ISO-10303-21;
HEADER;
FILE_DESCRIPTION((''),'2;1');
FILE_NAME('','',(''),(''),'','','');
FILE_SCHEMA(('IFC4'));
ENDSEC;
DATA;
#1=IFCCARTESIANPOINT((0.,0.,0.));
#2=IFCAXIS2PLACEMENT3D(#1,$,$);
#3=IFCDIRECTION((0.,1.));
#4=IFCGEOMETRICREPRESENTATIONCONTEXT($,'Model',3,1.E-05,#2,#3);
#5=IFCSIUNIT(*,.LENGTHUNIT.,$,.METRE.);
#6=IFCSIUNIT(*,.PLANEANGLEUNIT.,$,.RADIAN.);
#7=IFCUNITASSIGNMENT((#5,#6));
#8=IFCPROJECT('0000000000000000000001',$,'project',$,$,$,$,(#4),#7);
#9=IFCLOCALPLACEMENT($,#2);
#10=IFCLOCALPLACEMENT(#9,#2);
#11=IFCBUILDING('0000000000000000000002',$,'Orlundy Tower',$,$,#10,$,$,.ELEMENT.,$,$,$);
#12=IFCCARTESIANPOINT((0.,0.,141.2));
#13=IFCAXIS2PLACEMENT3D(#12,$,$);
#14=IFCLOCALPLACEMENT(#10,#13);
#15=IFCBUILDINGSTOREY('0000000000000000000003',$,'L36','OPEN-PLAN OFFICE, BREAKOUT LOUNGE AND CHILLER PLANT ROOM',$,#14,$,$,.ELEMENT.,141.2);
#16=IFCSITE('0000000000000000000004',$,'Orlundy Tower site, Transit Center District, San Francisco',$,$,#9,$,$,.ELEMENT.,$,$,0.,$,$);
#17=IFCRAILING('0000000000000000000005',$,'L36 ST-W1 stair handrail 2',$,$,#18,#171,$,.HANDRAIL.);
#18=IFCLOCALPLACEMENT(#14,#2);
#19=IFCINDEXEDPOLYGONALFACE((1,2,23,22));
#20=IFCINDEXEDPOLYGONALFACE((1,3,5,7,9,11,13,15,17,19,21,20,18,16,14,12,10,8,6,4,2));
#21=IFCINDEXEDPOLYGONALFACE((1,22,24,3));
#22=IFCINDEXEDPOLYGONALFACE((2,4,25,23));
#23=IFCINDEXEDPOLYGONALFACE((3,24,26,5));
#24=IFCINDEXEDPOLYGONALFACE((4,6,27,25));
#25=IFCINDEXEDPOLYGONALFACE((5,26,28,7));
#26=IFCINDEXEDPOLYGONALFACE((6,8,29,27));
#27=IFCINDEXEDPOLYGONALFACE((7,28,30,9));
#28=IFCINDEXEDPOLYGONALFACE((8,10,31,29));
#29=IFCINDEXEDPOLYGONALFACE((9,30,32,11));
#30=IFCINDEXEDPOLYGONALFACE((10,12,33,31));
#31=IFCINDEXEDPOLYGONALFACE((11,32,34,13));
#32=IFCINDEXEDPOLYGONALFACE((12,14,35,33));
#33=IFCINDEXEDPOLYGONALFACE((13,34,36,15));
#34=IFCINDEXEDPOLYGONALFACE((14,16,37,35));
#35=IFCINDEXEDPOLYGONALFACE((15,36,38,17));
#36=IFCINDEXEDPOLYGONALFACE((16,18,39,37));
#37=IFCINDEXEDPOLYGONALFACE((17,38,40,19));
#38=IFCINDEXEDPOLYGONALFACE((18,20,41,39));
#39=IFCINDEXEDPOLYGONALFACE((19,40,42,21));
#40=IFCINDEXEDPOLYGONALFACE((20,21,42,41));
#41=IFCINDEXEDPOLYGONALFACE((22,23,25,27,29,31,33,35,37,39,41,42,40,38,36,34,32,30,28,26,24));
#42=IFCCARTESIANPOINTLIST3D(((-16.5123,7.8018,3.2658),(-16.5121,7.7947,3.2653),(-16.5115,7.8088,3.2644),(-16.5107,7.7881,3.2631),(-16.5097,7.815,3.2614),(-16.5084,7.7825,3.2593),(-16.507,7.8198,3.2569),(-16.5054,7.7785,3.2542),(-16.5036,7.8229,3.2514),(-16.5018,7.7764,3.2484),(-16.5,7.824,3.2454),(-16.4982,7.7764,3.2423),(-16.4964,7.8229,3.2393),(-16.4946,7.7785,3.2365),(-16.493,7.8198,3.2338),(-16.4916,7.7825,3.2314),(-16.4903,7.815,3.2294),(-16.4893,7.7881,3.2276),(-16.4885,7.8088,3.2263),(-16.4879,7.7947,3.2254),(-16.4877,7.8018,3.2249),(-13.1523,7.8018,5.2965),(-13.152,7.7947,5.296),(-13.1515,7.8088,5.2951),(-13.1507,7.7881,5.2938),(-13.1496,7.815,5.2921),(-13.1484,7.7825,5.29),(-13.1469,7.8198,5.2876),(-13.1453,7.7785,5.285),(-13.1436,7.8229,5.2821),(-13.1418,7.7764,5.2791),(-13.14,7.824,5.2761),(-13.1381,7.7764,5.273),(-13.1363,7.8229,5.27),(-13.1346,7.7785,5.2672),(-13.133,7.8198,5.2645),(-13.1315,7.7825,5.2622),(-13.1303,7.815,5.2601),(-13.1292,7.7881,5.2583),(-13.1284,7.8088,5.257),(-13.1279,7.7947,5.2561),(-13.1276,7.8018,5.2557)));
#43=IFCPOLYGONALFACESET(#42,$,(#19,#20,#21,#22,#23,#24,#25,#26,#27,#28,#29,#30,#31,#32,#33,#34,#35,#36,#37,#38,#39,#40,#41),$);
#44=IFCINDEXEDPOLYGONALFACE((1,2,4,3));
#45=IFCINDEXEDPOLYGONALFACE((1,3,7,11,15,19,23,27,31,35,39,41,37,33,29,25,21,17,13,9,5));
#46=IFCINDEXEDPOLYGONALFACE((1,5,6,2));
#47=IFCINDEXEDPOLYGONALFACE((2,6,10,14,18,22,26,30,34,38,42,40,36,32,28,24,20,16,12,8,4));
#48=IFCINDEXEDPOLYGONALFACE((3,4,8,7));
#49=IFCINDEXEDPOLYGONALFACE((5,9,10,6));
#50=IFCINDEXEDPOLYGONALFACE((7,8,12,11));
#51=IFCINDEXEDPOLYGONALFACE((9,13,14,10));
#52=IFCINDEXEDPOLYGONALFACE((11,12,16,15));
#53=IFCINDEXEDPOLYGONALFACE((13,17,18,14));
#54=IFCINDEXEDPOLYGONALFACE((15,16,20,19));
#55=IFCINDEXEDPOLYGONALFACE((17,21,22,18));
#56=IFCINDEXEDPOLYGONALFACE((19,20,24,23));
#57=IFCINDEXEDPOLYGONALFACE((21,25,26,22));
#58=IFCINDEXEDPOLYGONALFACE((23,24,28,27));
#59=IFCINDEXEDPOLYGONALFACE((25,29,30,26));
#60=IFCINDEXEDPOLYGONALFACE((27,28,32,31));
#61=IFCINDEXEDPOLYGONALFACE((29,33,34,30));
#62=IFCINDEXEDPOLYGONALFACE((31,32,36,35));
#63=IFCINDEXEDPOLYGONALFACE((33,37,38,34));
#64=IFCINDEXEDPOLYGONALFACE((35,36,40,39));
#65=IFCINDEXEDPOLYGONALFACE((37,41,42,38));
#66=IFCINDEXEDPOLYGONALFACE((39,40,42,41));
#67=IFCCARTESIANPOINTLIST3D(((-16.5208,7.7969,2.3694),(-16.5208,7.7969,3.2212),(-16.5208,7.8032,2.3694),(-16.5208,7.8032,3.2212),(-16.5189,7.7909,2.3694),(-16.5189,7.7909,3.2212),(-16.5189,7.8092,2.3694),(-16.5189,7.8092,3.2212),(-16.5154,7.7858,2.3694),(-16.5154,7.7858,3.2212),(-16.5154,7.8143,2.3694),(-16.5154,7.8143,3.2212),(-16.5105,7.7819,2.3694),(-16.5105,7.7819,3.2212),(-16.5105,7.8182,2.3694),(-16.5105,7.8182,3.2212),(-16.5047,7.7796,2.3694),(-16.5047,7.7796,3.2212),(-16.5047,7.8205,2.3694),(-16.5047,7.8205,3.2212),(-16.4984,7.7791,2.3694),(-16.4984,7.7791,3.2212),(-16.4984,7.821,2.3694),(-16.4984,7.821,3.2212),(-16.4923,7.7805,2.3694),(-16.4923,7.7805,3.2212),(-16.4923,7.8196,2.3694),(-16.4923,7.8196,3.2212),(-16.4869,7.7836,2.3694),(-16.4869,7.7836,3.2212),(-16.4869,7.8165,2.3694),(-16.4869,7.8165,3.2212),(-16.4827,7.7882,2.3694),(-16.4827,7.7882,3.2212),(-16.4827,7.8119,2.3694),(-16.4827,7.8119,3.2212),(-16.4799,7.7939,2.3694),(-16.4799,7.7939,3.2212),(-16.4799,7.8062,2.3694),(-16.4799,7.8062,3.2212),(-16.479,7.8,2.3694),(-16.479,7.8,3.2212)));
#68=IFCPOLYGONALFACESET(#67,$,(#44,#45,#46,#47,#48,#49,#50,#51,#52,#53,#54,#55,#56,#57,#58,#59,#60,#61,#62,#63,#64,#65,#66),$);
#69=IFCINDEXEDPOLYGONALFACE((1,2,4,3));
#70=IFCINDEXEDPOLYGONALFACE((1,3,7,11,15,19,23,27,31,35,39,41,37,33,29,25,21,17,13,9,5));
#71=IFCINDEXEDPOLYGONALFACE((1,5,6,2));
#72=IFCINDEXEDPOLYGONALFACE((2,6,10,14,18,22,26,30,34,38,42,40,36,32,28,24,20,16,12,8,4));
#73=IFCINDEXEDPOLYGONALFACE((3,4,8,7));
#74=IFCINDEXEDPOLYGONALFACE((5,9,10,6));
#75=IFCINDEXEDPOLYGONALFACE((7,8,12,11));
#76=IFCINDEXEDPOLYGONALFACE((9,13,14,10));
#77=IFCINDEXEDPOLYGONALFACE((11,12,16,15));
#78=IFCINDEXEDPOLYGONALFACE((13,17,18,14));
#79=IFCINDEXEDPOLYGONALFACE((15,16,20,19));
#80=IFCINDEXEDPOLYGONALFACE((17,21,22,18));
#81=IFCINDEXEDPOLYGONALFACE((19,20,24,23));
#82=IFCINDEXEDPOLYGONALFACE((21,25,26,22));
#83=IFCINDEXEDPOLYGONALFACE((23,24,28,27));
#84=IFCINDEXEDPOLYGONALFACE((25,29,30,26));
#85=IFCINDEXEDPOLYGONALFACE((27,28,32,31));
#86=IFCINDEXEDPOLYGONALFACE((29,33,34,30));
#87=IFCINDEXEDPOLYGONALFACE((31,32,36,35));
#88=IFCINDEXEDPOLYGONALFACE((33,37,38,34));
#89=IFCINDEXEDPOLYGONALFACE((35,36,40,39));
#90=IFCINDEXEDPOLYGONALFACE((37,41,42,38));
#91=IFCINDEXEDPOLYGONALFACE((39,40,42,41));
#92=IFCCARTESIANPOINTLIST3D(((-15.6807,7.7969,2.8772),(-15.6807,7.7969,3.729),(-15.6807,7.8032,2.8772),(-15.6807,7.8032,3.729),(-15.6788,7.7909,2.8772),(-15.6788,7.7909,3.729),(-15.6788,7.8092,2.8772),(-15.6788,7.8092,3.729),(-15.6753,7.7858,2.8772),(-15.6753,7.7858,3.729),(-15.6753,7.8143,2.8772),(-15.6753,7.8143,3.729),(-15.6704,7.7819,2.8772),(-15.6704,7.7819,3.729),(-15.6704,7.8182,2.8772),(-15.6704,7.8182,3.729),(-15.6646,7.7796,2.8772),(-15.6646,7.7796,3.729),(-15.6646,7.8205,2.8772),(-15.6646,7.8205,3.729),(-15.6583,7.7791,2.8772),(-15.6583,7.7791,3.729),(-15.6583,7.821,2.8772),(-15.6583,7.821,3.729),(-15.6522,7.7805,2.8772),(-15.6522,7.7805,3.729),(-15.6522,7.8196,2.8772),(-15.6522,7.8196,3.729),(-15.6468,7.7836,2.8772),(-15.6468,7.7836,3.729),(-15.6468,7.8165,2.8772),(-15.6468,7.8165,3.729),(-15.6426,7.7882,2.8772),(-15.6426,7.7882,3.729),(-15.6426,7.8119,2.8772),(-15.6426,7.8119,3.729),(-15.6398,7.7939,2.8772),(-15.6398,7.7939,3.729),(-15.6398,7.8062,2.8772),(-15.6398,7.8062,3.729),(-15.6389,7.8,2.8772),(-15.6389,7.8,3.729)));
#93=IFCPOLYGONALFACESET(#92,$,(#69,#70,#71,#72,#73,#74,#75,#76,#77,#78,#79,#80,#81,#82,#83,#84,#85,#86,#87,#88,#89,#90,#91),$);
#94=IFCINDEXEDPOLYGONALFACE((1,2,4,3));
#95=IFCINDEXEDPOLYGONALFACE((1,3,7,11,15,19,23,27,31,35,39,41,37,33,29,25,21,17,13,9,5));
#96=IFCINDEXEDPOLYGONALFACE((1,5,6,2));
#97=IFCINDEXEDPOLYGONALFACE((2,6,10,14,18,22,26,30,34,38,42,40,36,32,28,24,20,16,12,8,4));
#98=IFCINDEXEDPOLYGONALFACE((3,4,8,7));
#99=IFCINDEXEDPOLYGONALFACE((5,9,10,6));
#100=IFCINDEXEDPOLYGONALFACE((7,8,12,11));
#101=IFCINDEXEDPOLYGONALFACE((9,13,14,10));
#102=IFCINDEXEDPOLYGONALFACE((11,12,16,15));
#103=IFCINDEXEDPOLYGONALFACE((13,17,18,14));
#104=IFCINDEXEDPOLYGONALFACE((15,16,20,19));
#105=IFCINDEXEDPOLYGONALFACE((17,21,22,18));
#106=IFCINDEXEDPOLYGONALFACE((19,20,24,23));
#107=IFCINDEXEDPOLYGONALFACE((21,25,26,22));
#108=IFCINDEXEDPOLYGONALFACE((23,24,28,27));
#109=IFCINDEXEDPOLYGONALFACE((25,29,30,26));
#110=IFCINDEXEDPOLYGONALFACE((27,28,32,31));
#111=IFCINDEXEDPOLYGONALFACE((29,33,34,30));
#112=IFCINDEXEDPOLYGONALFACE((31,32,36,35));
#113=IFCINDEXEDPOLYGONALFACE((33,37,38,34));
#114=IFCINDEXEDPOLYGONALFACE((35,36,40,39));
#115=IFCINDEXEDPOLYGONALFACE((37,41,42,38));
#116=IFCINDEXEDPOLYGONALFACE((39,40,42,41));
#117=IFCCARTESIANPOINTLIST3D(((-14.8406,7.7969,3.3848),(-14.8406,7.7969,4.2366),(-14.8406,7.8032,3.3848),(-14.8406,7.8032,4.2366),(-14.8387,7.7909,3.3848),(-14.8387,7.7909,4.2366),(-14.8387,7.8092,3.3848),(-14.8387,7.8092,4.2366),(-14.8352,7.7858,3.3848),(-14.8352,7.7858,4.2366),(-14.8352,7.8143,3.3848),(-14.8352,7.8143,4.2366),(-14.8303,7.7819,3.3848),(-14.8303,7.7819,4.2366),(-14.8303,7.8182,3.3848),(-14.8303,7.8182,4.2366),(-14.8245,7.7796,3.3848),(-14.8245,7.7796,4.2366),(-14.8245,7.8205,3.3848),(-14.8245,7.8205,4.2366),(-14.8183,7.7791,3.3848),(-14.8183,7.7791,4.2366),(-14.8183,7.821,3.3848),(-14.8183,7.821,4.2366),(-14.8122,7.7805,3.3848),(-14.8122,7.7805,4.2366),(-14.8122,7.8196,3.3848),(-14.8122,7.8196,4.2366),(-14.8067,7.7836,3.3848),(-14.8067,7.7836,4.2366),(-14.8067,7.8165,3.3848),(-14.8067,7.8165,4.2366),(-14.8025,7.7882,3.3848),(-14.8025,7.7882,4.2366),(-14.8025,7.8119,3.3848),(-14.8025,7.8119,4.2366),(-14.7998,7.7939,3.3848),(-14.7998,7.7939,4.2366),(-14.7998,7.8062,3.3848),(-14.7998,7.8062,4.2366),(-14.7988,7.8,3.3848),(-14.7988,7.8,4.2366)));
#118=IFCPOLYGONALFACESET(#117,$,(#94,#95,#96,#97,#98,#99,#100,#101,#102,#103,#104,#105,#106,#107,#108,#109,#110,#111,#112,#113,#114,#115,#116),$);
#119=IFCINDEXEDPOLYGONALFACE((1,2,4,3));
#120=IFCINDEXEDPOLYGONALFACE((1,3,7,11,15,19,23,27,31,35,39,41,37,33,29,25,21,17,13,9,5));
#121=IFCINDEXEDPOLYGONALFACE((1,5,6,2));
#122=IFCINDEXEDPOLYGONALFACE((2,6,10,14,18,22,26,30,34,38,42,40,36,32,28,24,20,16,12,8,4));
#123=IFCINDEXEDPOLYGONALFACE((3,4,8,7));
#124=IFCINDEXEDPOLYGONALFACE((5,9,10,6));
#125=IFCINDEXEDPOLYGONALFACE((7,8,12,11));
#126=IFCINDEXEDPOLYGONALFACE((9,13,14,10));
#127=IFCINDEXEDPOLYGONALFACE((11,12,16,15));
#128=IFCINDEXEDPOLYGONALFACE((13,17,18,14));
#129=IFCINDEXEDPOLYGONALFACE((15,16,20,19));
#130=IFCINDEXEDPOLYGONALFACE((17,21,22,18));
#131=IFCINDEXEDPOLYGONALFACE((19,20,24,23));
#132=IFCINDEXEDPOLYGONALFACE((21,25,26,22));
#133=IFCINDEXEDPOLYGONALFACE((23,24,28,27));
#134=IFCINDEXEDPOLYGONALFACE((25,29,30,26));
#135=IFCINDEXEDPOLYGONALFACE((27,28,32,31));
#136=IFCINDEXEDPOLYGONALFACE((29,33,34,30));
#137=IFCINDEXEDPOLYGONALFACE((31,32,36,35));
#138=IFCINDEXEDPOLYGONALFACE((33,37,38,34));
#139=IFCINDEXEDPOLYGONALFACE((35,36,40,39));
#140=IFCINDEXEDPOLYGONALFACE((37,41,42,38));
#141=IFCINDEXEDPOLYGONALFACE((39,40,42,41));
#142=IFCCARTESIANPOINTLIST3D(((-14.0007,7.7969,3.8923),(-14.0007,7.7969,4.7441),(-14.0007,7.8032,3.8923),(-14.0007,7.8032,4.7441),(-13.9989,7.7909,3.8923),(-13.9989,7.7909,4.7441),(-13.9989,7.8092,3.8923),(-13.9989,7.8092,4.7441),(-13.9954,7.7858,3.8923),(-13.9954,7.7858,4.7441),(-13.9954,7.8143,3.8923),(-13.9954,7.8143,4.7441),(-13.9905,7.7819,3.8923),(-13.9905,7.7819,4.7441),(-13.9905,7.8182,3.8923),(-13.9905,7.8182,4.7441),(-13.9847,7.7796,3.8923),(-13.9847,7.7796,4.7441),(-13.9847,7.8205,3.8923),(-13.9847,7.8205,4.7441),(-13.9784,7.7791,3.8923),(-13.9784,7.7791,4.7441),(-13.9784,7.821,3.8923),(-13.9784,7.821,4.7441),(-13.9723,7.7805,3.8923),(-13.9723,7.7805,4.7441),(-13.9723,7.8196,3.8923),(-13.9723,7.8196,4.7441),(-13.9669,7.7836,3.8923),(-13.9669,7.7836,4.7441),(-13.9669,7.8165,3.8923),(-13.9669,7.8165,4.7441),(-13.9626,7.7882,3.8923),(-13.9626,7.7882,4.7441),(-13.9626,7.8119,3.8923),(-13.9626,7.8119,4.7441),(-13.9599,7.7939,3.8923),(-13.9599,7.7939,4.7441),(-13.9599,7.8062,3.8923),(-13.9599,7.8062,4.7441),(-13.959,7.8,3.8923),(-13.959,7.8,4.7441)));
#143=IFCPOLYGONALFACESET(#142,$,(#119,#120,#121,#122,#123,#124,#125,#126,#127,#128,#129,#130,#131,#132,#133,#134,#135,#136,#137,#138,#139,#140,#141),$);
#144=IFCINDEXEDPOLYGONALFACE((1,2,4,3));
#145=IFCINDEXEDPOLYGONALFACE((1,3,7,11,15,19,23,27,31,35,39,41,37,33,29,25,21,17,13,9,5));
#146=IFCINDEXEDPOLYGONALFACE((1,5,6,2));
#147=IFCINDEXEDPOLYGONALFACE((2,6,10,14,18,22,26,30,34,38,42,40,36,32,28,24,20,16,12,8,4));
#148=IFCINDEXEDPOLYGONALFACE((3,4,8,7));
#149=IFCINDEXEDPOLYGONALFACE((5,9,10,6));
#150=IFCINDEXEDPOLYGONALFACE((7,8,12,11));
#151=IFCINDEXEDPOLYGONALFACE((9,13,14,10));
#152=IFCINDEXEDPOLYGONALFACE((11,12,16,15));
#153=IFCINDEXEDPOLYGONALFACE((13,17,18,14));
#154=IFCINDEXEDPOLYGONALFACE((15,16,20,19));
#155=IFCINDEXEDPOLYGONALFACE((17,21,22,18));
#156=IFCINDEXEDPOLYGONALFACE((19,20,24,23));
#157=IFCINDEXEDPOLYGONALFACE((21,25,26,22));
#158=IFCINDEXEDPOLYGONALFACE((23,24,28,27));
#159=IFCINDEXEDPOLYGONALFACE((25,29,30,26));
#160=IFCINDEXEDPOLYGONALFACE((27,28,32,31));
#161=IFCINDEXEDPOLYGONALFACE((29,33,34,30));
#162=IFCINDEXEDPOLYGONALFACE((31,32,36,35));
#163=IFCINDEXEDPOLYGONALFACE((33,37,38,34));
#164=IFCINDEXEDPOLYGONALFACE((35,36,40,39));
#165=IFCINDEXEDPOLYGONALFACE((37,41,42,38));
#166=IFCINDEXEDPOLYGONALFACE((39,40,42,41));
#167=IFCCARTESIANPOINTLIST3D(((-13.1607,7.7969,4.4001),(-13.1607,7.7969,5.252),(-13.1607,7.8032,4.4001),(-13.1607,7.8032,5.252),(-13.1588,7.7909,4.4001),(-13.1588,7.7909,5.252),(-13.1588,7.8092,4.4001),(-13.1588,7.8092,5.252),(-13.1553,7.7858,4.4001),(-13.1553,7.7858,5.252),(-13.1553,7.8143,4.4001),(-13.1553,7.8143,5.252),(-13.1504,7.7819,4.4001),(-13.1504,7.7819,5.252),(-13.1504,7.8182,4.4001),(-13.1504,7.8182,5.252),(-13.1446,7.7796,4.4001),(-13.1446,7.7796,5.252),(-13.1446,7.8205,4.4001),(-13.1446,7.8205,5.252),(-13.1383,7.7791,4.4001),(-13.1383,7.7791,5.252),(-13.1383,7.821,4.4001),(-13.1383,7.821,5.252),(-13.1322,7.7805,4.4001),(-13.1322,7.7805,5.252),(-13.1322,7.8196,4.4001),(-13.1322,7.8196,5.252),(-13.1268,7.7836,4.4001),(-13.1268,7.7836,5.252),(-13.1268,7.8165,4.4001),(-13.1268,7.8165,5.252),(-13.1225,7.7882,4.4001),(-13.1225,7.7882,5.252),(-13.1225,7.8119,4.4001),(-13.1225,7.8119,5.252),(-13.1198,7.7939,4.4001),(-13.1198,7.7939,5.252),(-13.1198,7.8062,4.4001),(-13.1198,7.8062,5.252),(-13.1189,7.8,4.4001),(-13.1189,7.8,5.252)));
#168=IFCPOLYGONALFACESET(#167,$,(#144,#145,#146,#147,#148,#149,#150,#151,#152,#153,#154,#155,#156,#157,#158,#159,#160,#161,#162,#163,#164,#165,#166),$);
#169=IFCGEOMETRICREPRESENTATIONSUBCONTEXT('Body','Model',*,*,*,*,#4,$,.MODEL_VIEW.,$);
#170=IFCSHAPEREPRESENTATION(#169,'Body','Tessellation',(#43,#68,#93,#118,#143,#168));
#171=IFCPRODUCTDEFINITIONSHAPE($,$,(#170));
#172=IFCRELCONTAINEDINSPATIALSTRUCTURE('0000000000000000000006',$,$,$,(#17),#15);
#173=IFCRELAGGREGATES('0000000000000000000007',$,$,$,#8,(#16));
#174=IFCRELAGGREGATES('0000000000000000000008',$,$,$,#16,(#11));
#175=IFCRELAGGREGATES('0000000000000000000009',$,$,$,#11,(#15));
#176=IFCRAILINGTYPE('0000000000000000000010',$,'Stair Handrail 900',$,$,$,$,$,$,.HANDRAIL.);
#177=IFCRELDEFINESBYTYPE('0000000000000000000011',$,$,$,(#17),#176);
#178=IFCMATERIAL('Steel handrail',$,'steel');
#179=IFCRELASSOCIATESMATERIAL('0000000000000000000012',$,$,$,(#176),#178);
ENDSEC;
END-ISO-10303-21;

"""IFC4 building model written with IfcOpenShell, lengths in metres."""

from ifc_helpers import new_model, si_unit, direction, frame, origin, origin_2d, place, context, subcontext, project, spatial, circle, extrude, material, type_object, element, save


model = new_model("IFC4")

# Units and contexts
model_context = context("Model", 3, precision=1e-05, world=origin(), true_north=direction((0.0, 1.0)))
body_context = subcontext(model_context, "Body", "Model", "MODEL_VIEW")
ifc_project = project(units=[si_unit("LENGTHUNIT", "METRE"), si_unit("PLANEANGLEUNIT", "RADIAN")], contexts=[model_context])

# Site, building, storey
site_placement = place(None, origin())
site = spatial("IfcSite", under=ifc_project, at=site_placement, Name="Orlundy Tower site, Transit Center District, San Francisco", CompositionType="ELEMENT", RefElevation=0.0)
building_placement = place(site_placement, origin())
building = spatial("IfcBuilding", under=site, at=building_placement, Name="Orlundy Tower", CompositionType="ELEMENT")
storey_placement = place(building_placement, frame((0.0, 0.0, 141.2)))
storey = spatial("IfcBuildingStorey", under=building, at=storey_placement, Name="L36", Description="OPEN-PLAN OFFICE, BREAKOUT LOUNGE AND CHILLER PLANT ROOM", CompositionType="ELEMENT", Elevation=141.2)

# Railing
ifc_material_1 = material(Name="Steel handrail", Category="steel")
railing_type = type_object("IfcRailingType", Name="Stair Handrail 900", PredefinedType="HANDRAIL", material=ifc_material_1)
railing_1_placement = place(storey_placement, frame((-16.5, 7.8, 2.3694)))
element("IfcRailing", 1, at=railing_1_placement, inside=storey, type_object=railing_type, Name="L36 ST-W1 stair handrail 2", PredefinedType="HANDRAIL", context=body_context, shape_type="SweptSolid", body=[
    extrude(circle(Radius=0.0239, at=origin_2d()), frame((0.0, 0.0, 0.876), z_axis=(0.855837, 0.0, 0.517246), x_axis=(0.0, 1.0, 0.0)), (0.0, 0.0, 1.0), 3.926),
    extrude(circle(Radius=0.021, at=origin_2d()), origin(), (0.0, 0.0, 1.0), 0.8518),
    extrude(circle(Radius=0.021, at=origin_2d()), frame((0.8401, 0.0, 0.5078)), (0.0, 0.0, 1.0), 0.8518),
    extrude(circle(Radius=0.021, at=origin_2d()), frame((1.6802, 0.0, 1.0154)), (0.0, 0.0, 1.0), 0.8518),
    extrude(circle(Radius=0.021, at=origin_2d()), frame((2.52, 0.0, 1.5229)), (0.0, 0.0, 1.0), 0.8518),
    extrude(circle(Radius=0.021, at=origin_2d()), frame((3.3601, 0.0, 2.0308)), (0.0, 0.0, 1.0), 0.8518),
])

save(model, "model.ifc")
